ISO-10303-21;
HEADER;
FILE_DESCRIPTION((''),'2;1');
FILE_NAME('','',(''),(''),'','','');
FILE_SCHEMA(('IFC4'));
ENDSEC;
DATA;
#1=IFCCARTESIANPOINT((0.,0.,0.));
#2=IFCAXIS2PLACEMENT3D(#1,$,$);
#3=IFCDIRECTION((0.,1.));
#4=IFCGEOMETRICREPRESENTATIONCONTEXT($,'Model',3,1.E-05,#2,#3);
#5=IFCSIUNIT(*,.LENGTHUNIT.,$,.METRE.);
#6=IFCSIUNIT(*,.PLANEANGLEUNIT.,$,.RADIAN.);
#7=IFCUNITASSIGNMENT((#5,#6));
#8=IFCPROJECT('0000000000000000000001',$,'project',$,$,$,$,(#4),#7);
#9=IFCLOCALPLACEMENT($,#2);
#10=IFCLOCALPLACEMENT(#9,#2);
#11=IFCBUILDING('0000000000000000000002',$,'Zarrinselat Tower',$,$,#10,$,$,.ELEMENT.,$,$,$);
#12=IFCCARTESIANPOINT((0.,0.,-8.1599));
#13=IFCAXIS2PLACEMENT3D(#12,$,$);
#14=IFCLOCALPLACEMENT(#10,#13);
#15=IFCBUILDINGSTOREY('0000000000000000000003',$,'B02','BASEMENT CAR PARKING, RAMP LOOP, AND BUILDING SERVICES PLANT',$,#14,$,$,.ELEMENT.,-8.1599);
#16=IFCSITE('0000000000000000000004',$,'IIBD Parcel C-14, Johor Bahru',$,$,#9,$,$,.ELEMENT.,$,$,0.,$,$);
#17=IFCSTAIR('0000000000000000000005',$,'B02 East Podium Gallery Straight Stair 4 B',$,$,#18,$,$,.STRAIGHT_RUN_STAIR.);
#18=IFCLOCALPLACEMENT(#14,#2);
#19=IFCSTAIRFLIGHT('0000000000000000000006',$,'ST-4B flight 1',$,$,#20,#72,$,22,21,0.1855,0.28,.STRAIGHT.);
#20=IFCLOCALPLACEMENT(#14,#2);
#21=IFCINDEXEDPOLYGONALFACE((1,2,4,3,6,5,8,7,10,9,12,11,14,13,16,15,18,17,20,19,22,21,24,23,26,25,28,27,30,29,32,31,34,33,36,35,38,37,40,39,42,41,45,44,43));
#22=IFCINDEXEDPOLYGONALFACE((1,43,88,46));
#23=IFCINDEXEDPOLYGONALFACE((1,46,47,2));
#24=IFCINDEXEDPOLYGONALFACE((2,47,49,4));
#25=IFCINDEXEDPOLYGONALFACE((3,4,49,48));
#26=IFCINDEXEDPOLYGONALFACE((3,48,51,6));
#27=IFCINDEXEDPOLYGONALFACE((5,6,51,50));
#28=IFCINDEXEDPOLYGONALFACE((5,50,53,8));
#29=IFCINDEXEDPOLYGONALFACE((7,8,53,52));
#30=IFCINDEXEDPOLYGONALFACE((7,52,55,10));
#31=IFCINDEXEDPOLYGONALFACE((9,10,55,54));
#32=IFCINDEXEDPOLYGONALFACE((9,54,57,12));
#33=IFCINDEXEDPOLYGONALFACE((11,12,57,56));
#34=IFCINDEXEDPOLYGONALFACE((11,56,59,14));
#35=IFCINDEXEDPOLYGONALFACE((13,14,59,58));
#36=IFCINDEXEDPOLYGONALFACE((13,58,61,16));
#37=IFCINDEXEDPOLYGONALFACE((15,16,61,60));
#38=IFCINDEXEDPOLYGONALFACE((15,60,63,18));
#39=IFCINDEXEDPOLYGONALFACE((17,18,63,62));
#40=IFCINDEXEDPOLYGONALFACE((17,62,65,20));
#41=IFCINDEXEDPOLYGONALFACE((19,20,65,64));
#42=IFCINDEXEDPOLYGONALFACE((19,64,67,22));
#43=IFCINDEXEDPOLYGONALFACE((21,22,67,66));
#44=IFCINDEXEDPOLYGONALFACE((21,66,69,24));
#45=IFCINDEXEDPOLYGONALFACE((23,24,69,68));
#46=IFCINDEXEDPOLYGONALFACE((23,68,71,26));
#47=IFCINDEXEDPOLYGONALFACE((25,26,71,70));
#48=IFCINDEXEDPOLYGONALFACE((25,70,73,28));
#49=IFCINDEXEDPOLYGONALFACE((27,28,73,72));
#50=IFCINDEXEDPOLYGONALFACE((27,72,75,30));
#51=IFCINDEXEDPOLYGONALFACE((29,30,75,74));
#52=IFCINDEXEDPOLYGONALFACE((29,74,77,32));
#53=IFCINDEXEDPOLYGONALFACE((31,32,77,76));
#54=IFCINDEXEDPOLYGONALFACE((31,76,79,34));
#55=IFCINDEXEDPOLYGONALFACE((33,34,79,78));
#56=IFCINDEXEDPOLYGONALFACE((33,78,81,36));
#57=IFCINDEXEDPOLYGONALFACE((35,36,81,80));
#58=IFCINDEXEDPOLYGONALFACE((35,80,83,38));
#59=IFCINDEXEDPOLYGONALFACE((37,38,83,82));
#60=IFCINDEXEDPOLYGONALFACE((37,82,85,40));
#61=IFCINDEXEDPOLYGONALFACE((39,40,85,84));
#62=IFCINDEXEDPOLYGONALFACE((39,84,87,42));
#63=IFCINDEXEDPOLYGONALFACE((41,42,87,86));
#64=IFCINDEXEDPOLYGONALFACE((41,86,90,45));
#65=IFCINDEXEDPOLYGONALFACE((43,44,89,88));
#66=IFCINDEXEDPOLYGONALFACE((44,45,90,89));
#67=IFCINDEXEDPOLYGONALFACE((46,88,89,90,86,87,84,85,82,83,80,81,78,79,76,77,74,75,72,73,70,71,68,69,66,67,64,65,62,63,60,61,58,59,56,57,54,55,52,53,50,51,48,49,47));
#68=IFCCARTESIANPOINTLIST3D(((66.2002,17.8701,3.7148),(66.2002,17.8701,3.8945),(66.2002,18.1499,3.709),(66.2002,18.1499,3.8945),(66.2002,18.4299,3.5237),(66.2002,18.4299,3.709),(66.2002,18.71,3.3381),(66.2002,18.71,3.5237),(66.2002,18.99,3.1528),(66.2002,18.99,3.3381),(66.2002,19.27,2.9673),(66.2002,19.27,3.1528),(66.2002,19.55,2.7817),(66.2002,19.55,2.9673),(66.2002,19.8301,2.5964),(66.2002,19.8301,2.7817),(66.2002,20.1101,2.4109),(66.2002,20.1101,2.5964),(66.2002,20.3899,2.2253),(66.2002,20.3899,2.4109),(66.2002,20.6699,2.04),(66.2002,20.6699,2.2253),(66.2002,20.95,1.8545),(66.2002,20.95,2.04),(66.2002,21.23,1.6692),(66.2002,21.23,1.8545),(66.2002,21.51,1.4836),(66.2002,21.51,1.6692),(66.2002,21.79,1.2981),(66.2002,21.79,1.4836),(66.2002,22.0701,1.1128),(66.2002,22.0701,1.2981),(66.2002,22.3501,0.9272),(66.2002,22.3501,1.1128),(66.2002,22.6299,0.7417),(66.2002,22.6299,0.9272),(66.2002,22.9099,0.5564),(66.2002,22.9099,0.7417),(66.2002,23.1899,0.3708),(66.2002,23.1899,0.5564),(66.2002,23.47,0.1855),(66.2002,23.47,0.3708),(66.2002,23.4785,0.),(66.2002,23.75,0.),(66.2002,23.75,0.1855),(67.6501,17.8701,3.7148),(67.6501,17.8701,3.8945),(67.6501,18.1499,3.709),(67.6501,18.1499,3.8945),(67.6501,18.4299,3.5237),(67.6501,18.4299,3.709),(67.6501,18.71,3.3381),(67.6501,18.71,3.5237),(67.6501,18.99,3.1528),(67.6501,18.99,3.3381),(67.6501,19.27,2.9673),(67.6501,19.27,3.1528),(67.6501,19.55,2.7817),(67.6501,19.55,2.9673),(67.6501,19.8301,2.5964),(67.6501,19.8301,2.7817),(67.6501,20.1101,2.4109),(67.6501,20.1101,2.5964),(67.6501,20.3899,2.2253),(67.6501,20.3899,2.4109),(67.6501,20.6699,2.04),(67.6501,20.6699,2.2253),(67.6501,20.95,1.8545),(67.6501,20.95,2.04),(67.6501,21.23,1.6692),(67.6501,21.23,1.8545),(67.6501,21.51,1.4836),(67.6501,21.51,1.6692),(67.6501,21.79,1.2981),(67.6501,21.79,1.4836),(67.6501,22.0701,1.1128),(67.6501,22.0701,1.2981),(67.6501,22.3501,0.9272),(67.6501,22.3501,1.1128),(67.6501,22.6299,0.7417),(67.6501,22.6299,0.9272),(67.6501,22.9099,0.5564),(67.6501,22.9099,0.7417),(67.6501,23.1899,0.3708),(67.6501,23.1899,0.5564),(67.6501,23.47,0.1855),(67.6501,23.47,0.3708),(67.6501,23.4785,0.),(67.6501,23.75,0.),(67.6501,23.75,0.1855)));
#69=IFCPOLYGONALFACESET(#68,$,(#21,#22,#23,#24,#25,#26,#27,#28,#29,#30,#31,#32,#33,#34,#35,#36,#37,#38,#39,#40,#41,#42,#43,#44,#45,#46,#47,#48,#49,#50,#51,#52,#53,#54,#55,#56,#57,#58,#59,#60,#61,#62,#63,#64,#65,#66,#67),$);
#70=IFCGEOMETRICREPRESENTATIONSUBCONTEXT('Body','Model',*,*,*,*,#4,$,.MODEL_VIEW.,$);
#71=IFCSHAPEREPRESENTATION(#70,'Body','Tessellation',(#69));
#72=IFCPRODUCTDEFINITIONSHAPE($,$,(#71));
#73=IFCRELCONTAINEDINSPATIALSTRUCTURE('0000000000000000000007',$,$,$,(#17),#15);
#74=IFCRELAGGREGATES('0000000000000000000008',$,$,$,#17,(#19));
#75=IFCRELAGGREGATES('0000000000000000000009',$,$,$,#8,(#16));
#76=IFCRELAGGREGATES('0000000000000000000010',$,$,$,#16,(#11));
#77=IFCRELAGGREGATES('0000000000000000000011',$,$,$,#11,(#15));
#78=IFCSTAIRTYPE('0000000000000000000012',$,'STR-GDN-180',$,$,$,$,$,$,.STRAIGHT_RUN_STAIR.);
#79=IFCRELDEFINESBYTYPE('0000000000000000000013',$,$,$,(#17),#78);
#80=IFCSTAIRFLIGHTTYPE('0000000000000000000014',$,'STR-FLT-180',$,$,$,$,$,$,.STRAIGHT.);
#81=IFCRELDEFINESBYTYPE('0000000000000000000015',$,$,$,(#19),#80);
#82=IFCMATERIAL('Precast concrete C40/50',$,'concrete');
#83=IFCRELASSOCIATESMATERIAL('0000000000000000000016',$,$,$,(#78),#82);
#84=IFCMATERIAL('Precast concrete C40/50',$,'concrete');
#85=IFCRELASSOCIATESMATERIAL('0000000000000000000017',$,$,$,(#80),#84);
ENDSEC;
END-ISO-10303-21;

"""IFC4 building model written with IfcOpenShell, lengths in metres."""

from ifc_helpers import new_model, si_unit, direction, frame, origin, place, context, subcontext, project, spatial, polyline, outline, extrude, material, type_object, element, aggregate, save


model = new_model("IFC4")

# Units and contexts
model_context = context("Model", 3, precision=1e-05, world=origin(), true_north=direction((0.0, 1.0)))
body_context = subcontext(model_context, "Body", "Model", "MODEL_VIEW")
ifc_project = project(units=[si_unit("LENGTHUNIT", "METRE"), si_unit("PLANEANGLEUNIT", "RADIAN")], contexts=[model_context])

# Site, building, storey
site_placement = place(None, origin())
site = spatial("IfcSite", under=ifc_project, at=site_placement, Name="IIBD Parcel C-14, Johor Bahru", CompositionType="ELEMENT", RefElevation=0.0)
building_placement = place(site_placement, origin())
building = spatial("IfcBuilding", under=site, at=building_placement, Name="Zarrinselat Tower", CompositionType="ELEMENT")
storey_placement = place(building_placement, frame((0.0, 0.0, -8.1599)))
storey = spatial("IfcBuildingStorey", under=building, at=storey_placement, Name="B02", Description="BASEMENT CAR PARKING, RAMP LOOP, AND BUILDING SERVICES PLANT", CompositionType="ELEMENT", Elevation=-8.1599)

# Stair, stair flight
ifc_material_1 = material(Name="Precast concrete C40/50", Category="concrete")
stair_type = type_object("IfcStairType", Name="STR-GDN-180", PredefinedType="STRAIGHT_RUN_STAIR", material=ifc_material_1)
stair_placement = place(storey_placement, origin())
stair = element("IfcStair", 1, at=stair_placement, inside=storey, type_object=stair_type, Name="B02 East Podium Gallery Straight Stair 4 B", PredefinedType="STRAIGHT_RUN_STAIR")
ifc_material_2 = material(Name="Precast concrete C40/50", Category="concrete")
stair_flight_type = type_object("IfcStairFlightType", Name="STR-FLT-180", PredefinedType="STRAIGHT", material=ifc_material_2)
stair_flight_placement = place(storey_placement, frame((66.925, 23.75, 0.0), z_axis=(0.0, 0.0, 1.0), x_axis=(0.0, -1.0, 0.0)))
stair_flight = element("IfcStairFlight", 2, at=stair_flight_placement, type_object=stair_flight_type, Name="ST-4B flight 1", NumberOfRisers=22, NumberOfTreads=21, PredefinedType="STRAIGHT", RiserHeight=0.1855, TreadLength=0.28, context=body_context, shape_type="SweptSolid", body=[
    extrude(outline(polyline([(0.0, 0.0), (0.0, 0.1855), (0.28, 0.1855), (0.28, 0.3708), (0.5601, 0.3708), (0.5601, 0.5564), (0.8401, 0.5564), (0.8401, 0.7417), (1.1201, 0.7417), (1.1201, 0.9272), (1.3999, 0.9272), (1.3999, 1.1128), (1.6799, 1.1128), (1.6799, 1.2981), (1.96, 1.2981), (1.96, 1.4836), (2.24, 1.4836), (2.24, 1.6692), (2.52, 1.6692), (2.52, 1.8545), (2.8, 1.8545), (2.8, 2.04), (3.0801, 2.04), (3.0801, 2.2253), (3.3601, 2.2253), (3.3601, 2.4109), (3.6399, 2.4109), (3.6399, 2.5964), (3.9199, 2.5964), (3.9199, 2.7817), (4.2, 2.7817), (4.2, 2.9673), (4.48, 2.9673), (4.48, 3.1528), (4.76, 3.1528), (4.76, 3.3381), (5.04, 3.3381), (5.04, 3.5237), (5.3201, 3.5237), (5.3201, 3.709), (5.6001, 3.709), (5.6001, 3.8945), (5.8799, 3.8945), (5.8799, 4.0801), (5.8799, 3.7148), (0.2715, 0.0), (0.0, 0.0)])), frame((0.0, 0.7251, 0.0), z_axis=(0.0, -1.0, 0.0), x_axis=(1.0, 0.0, 0.0)), (0.0, 0.0, 1.0), 1.45),
])
aggregate(stair, [stair_flight])

save(model, "model.ifc")
